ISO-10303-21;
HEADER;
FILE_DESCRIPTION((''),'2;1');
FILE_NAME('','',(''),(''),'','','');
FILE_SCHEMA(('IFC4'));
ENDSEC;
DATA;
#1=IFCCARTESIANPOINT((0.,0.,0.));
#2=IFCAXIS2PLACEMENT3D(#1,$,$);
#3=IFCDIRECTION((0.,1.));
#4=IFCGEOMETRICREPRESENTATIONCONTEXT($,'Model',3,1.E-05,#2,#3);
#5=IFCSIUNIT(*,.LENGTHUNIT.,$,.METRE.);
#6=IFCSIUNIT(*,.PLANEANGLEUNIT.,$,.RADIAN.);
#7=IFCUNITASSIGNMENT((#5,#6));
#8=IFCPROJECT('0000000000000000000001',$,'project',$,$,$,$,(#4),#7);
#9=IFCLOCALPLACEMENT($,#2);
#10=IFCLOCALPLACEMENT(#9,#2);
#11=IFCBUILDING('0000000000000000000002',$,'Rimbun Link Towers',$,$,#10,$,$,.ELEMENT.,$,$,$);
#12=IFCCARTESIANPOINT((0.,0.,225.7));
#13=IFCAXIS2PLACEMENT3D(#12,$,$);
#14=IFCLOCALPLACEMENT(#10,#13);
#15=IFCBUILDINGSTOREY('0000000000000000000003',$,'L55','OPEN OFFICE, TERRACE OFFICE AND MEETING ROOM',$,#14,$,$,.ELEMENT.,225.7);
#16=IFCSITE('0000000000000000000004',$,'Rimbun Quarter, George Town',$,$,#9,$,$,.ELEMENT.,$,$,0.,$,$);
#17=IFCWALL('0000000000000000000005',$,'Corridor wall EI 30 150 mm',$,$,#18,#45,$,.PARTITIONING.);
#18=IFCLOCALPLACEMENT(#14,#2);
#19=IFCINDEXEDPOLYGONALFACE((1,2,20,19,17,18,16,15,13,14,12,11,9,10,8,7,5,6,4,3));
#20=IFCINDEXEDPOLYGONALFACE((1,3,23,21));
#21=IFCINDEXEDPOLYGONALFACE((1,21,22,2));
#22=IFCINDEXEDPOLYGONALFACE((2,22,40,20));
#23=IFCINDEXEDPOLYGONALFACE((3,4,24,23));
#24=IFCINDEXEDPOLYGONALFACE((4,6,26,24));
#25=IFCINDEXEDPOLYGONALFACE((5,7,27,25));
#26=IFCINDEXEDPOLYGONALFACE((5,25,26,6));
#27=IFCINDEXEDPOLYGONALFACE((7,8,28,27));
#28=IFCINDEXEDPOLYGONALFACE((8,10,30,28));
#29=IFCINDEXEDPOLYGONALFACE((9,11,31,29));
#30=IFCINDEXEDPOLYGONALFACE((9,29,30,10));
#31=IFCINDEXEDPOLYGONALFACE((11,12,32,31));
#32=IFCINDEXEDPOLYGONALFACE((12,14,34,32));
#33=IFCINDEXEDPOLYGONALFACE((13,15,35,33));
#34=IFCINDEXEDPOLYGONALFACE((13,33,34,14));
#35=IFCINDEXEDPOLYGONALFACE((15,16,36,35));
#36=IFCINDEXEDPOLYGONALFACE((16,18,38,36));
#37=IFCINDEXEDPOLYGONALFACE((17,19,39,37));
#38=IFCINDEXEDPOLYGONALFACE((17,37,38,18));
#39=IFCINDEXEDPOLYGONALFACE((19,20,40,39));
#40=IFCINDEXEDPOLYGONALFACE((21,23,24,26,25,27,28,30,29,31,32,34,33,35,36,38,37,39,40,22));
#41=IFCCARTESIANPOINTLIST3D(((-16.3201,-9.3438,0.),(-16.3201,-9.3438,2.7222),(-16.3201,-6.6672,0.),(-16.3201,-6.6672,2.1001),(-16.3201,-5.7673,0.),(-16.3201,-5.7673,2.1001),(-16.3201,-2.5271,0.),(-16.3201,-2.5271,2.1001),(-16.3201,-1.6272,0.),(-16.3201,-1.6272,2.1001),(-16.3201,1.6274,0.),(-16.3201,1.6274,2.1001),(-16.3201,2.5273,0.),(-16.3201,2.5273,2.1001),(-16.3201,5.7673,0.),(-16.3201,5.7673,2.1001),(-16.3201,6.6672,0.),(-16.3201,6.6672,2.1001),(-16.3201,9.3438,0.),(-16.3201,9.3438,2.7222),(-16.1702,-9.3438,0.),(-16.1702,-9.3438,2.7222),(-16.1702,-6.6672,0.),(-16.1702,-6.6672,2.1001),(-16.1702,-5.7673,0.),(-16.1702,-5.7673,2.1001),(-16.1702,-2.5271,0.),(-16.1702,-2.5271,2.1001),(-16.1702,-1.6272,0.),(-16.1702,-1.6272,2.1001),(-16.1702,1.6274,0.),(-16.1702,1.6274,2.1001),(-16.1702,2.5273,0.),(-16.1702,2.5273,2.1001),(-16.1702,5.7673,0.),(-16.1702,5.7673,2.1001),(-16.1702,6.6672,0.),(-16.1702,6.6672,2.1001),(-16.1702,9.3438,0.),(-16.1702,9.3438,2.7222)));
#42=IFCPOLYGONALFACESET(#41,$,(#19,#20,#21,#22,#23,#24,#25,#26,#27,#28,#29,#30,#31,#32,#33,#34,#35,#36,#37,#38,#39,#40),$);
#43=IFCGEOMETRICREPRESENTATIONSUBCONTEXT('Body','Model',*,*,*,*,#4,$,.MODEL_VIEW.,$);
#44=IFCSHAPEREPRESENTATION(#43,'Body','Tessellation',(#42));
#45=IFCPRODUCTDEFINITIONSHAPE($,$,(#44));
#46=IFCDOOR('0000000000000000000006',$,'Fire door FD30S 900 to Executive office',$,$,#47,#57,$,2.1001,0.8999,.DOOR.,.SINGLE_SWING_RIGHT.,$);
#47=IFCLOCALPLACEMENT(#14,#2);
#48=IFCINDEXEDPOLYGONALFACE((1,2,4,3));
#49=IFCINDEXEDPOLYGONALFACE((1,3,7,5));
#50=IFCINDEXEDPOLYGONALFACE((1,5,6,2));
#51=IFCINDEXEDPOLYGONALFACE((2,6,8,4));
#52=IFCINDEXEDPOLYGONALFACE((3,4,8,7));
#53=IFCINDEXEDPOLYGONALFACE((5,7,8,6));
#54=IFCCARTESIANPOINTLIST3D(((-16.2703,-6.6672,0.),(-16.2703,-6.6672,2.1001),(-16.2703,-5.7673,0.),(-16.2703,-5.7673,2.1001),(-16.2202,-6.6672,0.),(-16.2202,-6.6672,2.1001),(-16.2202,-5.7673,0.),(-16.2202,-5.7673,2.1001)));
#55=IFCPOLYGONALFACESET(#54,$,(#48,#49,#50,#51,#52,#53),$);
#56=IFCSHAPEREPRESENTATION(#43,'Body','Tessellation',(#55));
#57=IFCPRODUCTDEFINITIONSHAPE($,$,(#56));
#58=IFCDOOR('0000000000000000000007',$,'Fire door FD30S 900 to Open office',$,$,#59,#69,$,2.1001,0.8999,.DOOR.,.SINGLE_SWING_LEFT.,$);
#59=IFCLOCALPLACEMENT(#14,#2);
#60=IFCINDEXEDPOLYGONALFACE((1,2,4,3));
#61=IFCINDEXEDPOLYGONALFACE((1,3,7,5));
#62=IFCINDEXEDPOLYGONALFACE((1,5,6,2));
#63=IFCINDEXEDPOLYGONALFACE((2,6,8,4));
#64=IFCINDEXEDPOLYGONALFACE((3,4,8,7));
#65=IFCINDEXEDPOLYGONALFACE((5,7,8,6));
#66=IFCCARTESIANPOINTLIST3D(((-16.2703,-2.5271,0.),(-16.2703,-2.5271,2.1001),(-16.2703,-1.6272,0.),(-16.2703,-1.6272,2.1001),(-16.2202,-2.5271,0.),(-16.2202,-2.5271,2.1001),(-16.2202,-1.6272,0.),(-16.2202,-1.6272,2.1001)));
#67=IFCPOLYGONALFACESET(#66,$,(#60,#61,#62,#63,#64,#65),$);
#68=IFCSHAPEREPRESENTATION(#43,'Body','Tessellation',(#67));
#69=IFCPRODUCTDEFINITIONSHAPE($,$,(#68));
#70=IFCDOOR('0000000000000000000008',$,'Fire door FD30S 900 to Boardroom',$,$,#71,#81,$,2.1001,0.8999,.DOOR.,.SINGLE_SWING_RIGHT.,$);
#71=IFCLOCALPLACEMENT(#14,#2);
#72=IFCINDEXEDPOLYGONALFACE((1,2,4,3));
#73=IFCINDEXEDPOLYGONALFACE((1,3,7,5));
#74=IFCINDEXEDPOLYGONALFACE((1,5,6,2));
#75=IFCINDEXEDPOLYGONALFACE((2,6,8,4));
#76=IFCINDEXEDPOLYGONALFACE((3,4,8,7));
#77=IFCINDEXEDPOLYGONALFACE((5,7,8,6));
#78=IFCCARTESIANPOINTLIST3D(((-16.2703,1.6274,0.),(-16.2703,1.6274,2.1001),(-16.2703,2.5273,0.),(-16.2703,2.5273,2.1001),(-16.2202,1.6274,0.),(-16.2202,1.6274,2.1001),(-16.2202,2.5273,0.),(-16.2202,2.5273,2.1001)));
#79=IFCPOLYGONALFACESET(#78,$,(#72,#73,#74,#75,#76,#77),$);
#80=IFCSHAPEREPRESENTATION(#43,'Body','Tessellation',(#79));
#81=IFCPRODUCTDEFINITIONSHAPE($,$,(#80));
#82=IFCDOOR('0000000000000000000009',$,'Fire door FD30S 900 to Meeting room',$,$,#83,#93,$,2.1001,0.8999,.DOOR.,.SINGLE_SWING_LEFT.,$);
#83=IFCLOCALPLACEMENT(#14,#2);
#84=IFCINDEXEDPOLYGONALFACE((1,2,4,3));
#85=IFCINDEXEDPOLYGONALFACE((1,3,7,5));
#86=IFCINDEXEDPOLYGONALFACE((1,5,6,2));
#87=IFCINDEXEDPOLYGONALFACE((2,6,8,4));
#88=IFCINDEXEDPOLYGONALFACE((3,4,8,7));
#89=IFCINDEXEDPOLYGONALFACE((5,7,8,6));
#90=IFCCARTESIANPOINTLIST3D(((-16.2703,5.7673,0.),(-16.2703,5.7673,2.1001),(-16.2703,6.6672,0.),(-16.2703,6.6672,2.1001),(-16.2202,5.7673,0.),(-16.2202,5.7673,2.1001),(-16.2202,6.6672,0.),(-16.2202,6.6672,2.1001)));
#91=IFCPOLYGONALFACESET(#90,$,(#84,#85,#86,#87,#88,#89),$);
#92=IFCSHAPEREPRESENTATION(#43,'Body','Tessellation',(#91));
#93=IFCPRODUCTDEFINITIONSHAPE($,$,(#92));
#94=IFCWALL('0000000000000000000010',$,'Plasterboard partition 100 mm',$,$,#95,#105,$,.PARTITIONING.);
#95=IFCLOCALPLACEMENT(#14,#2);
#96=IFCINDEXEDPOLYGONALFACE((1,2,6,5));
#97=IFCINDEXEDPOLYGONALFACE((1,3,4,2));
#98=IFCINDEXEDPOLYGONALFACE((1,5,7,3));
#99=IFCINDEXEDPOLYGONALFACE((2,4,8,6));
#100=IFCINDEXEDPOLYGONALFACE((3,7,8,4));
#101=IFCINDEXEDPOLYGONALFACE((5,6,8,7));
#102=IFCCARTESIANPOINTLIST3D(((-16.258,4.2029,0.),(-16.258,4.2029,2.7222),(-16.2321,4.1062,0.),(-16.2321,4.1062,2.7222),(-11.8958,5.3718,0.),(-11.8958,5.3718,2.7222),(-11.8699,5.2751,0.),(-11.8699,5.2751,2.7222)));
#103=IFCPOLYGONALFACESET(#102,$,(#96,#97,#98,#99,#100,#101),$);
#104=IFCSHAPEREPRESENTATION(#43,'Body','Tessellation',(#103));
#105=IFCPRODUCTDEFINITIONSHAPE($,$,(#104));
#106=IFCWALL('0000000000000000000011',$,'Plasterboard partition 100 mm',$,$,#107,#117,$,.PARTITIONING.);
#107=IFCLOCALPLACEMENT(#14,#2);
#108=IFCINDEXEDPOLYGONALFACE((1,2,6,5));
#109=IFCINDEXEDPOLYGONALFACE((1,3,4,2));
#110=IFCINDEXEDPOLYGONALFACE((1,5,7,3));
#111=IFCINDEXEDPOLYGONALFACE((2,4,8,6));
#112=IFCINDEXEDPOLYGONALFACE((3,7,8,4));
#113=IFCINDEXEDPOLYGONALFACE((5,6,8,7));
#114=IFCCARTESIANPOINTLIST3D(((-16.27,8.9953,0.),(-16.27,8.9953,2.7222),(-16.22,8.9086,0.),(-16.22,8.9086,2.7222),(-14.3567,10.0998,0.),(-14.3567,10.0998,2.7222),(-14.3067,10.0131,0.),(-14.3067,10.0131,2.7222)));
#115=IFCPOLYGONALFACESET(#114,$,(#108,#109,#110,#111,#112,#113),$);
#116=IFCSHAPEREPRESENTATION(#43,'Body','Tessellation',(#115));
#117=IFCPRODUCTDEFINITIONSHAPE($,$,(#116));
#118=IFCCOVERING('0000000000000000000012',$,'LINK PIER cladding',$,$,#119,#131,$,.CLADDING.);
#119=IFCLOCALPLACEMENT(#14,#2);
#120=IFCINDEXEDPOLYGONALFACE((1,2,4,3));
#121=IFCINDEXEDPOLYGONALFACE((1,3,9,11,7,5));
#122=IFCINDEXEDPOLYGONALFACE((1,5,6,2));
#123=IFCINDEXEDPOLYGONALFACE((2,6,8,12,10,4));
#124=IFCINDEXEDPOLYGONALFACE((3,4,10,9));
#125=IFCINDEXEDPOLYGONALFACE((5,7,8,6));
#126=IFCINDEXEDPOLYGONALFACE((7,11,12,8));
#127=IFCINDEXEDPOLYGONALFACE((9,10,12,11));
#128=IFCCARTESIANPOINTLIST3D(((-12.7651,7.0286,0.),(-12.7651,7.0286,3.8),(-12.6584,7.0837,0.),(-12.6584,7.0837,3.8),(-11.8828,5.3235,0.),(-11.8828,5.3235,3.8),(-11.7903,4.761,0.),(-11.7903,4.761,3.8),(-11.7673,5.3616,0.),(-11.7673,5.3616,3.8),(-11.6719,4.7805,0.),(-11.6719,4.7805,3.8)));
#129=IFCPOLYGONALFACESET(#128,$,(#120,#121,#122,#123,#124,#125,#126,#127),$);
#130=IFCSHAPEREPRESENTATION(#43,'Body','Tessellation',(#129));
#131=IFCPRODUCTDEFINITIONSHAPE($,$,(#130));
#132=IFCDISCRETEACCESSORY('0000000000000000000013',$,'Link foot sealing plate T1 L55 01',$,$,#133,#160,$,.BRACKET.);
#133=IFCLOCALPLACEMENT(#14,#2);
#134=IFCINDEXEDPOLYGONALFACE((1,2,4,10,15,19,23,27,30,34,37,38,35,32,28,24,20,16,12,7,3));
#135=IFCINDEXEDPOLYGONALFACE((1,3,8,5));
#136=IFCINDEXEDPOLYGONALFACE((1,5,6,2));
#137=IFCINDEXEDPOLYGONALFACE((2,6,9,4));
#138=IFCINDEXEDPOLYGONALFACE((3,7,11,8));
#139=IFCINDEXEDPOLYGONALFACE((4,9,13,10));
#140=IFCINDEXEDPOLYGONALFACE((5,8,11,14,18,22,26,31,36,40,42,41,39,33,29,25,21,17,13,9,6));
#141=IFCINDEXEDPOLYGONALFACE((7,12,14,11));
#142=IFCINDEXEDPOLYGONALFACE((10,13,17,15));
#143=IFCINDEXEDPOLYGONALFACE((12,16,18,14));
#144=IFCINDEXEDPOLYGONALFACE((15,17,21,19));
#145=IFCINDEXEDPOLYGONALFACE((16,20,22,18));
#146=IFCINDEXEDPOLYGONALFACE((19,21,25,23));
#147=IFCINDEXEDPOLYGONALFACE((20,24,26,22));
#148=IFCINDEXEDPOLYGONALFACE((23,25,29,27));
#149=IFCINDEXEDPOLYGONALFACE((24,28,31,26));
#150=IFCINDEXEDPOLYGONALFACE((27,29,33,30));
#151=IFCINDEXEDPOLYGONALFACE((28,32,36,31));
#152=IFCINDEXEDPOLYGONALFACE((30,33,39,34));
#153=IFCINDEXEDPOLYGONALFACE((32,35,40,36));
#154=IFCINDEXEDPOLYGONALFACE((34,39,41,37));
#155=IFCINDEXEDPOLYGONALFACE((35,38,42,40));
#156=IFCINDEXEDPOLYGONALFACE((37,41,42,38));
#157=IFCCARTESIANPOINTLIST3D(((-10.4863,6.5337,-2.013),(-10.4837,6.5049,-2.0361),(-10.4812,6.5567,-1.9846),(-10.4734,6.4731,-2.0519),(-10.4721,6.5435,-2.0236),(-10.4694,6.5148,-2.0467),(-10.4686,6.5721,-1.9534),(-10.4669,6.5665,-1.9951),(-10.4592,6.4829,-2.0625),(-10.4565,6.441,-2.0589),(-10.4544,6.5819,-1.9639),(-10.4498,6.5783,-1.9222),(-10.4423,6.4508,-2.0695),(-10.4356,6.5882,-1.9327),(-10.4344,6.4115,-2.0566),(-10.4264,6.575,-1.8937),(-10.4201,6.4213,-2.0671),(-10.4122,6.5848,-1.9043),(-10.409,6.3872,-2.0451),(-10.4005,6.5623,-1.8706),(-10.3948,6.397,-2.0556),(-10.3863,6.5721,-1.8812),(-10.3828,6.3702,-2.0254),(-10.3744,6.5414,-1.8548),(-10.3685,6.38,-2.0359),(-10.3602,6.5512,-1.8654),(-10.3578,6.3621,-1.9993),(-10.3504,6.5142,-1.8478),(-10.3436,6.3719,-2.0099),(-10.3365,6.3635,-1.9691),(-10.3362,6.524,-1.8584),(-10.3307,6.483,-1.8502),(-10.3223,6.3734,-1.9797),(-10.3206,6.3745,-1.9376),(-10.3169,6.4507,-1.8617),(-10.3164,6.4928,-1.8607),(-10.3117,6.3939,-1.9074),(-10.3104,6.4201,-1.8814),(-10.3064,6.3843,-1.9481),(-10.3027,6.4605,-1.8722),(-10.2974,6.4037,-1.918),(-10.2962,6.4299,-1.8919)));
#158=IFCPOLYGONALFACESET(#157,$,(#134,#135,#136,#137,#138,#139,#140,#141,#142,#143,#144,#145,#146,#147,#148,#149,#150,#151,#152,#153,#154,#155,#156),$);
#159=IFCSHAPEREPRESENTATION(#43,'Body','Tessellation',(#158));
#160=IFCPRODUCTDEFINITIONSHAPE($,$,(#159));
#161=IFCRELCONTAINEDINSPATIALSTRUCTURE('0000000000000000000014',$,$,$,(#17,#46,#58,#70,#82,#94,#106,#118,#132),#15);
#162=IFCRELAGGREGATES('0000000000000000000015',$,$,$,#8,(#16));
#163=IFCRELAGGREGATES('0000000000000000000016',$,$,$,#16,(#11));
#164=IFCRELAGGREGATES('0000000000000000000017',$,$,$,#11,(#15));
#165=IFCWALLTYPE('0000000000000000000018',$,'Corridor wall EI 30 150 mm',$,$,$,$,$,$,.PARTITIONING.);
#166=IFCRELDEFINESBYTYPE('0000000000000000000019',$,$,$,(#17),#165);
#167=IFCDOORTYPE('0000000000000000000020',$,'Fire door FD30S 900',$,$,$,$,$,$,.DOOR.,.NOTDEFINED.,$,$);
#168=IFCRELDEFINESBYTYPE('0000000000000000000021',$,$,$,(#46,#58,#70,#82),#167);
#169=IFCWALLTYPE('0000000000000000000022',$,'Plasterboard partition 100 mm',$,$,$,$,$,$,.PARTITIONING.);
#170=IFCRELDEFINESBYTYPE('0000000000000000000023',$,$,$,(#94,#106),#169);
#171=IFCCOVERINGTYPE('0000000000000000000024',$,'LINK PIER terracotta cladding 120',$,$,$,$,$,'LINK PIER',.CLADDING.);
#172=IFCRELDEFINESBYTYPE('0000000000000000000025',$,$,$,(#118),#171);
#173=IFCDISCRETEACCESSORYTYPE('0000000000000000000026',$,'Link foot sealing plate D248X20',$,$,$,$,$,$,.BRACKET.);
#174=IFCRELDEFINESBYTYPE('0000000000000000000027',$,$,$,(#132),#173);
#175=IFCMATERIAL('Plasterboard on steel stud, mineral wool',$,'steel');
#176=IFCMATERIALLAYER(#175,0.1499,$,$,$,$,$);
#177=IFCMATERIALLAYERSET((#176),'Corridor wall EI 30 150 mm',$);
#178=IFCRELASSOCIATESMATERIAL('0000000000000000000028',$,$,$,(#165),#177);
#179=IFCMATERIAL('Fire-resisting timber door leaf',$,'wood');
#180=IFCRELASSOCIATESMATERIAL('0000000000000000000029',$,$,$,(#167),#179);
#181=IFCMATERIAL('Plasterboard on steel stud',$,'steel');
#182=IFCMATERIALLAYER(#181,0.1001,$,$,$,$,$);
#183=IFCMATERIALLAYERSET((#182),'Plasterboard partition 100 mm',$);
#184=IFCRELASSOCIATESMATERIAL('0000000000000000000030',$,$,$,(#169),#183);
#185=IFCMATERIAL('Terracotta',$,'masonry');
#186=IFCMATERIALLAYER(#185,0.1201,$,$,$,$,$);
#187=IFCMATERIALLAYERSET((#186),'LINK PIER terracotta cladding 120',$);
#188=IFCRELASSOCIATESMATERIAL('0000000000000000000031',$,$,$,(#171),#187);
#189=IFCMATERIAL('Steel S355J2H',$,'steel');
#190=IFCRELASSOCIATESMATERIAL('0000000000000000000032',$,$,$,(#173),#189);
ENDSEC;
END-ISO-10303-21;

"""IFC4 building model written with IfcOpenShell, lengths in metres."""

from ifc_helpers import new_model, si_unit, direction, frame, frame_2d, origin, origin_2d, place, context, subcontext, project, spatial, polyline, rectangle, circle, outline, extrude, material, layer, layer_set, material_profile, profile_set, type_object, element, fill, save


model = new_model("IFC4")

# Units and contexts
model_context = context("Model", 3, precision=1e-05, world=origin(), true_north=direction((0.0, 1.0)))
body_context = subcontext(model_context, "Body", "Model", "MODEL_VIEW")
ifc_project = project(units=[si_unit("LENGTHUNIT", "METRE"), si_unit("PLANEANGLEUNIT", "RADIAN")], contexts=[model_context])

# Site, building, storey
site_placement = place(None, origin())
site = spatial("IfcSite", under=ifc_project, at=site_placement, Name="Rimbun Quarter, George Town", CompositionType="ELEMENT", RefElevation=0.0)
building_placement = place(site_placement, origin())
building = spatial("IfcBuilding", under=site, at=building_placement, Name="Rimbun Link Towers", CompositionType="ELEMENT")
storey_placement = place(building_placement, frame((0.0, 0.0, 225.7)))
storey = spatial("IfcBuildingStorey", under=building, at=storey_placement, Name="L55", Description="OPEN OFFICE, TERRACE OFFICE AND MEETING ROOM", CompositionType="ELEMENT", Elevation=225.7)

# Wall, openings, doors
ifc_material_1 = material(Name="Plasterboard on steel stud, mineral wool", Category="steel")
ifc_layer_1 = layer(ifc_material_1, 0.1499)
ifc_layer_set_1 = layer_set([ifc_layer_1], Name="Corridor wall EI 30 150 mm")
wall_type_1 = type_object("IfcWallType", Name="Corridor wall EI 30 150 mm", PredefinedType="PARTITIONING", material=ifc_layer_set_1)
wall_1_placement = place(storey_placement, frame((-16.2451, 9.3438, 0.0), z_axis=(0.0, 0.0, 1.0), x_axis=(0.0, -1.0, 0.0)))
wall_1 = element("IfcWall", 1, at=wall_1_placement, inside=storey, type_object=wall_type_1, Name="Corridor wall EI 30 150 mm", PredefinedType="PARTITIONING", context=body_context, shape_type="SweptSolid", body=[
    extrude(rectangle(XDim=18.6875, YDim=0.1499, at=frame_2d((9.3438, 0.0))), origin(), (0.0, 0.0, 1.0), 2.7222),
])
opening_1_placement = place(wall_1_placement, frame((15.1111, 0.0, 0.0)))
opening_1 = element("IfcOpeningElement", 2, at=opening_1_placement, cuts=wall_1, PredefinedType="OPENING", context=body_context, shape_type="SweptSolid", body=[
    extrude(rectangle(XDim=0.8999, YDim=2.1001, at=frame_2d((0.45, 1.05))), frame((0.0, 0.085, 0.0), z_axis=(0.0, -1.0, 0.0), x_axis=(1.0, 0.0, 0.0)), (0.0, 0.0, 1.0), 0.1699),
])
opening_2_placement = place(wall_1_placement, frame((10.9709, 0.0, 0.0)))
opening_2 = element("IfcOpeningElement", 3, at=opening_2_placement, cuts=wall_1, PredefinedType="OPENING", context=body_context, shape_type="SweptSolid", body=[
    extrude(rectangle(XDim=0.8999, YDim=2.1001, at=frame_2d((0.45, 1.05))), frame((0.0, 0.085, 0.0), z_axis=(0.0, -1.0, 0.0), x_axis=(1.0, 0.0, 0.0)), (0.0, 0.0, 1.0), 0.1699),
])
opening_3_placement = place(wall_1_placement, frame((6.8164, 0.0, 0.0)))
opening_3 = element("IfcOpeningElement", 4, at=opening_3_placement, cuts=wall_1, PredefinedType="OPENING", context=body_context, shape_type="SweptSolid", body=[
    extrude(rectangle(XDim=0.8999, YDim=2.1001, at=frame_2d((0.45, 1.05))), frame((0.0, 0.085, 0.0), z_axis=(0.0, -1.0, 0.0), x_axis=(1.0, 0.0, 0.0)), (0.0, 0.0, 1.0), 0.1699),
])
opening_4_placement = place(wall_1_placement, frame((2.6765, 0.0, 0.0)))
opening_4 = element("IfcOpeningElement", 5, at=opening_4_placement, cuts=wall_1, PredefinedType="OPENING", context=body_context, shape_type="SweptSolid", body=[
    extrude(rectangle(XDim=0.8999, YDim=2.1001, at=frame_2d((0.45, 1.05))), frame((0.0, 0.085, 0.0), z_axis=(0.0, -1.0, 0.0), x_axis=(1.0, 0.0, 0.0)), (0.0, 0.0, 1.0), 0.1699),
])
ifc_material_2 = material(Name="Fire-resisting timber door leaf", Category="wood")
door_type = type_object("IfcDoorType", Name="Fire door FD30S 900", OperationType="NOTDEFINED", PredefinedType="DOOR", material=ifc_material_2)
door_1_placement = place(opening_1_placement, origin())
door_1 = element("IfcDoor", 6, at=door_1_placement, inside=storey, type_object=door_type, Name="Fire door FD30S 900 to Executive office", OperationType="SINGLE_SWING_RIGHT", OverallHeight=2.1001, OverallWidth=0.8999, PredefinedType="DOOR", context=body_context, shape_type="SweptSolid", body=[
    extrude(rectangle(XDim=0.8999, YDim=2.1001, at=frame_2d((0.45, 1.05))), frame((0.0, 0.0249, 0.0), z_axis=(0.0, -1.0, 0.0), x_axis=(1.0, 0.0, 0.0)), (0.0, 0.0, 1.0), 0.05),
])
fill(opening_1, door_1)
door_2_placement = place(opening_2_placement, origin())
door_2 = element("IfcDoor", 7, at=door_2_placement, inside=storey, type_object=door_type, Name="Fire door FD30S 900 to Open office", OperationType="SINGLE_SWING_LEFT", OverallHeight=2.1001, OverallWidth=0.8999, PredefinedType="DOOR", context=body_context, shape_type="SweptSolid", body=[
    extrude(rectangle(XDim=0.8999, YDim=2.1001, at=frame_2d((0.45, 1.05))), frame((0.0, 0.0249, 0.0), z_axis=(0.0, -1.0, 0.0), x_axis=(1.0, 0.0, 0.0)), (0.0, 0.0, 1.0), 0.05),
])
fill(opening_2, door_2)
door_3_placement = place(opening_3_placement, origin())
door_3 = element("IfcDoor", 8, at=door_3_placement, inside=storey, type_object=door_type, Name="Fire door FD30S 900 to Boardroom", OperationType="SINGLE_SWING_RIGHT", OverallHeight=2.1001, OverallWidth=0.8999, PredefinedType="DOOR", context=body_context, shape_type="SweptSolid", body=[
    extrude(rectangle(XDim=0.8999, YDim=2.1001, at=frame_2d((0.45, 1.05))), frame((0.0, 0.0249, 0.0), z_axis=(0.0, -1.0, 0.0), x_axis=(1.0, 0.0, 0.0)), (0.0, 0.0, 1.0), 0.05),
])
fill(opening_3, door_3)
door_4_placement = place(opening_4_placement, origin())
door_4 = element("IfcDoor", 9, at=door_4_placement, inside=storey, type_object=door_type, Name="Fire door FD30S 900 to Meeting room", OperationType="SINGLE_SWING_LEFT", OverallHeight=2.1001, OverallWidth=0.8999, PredefinedType="DOOR", context=body_context, shape_type="SweptSolid", body=[
    extrude(rectangle(XDim=0.8999, YDim=2.1001, at=frame_2d((0.45, 1.05))), frame((0.0, 0.0249, 0.0), z_axis=(0.0, -1.0, 0.0), x_axis=(1.0, 0.0, 0.0)), (0.0, 0.0, 1.0), 0.05),
])
fill(opening_4, door_4)

# Walls
ifc_material_3 = material(Name="Plasterboard on steel stud", Category="steel")
ifc_layer_2 = layer(ifc_material_3, 0.1001)
ifc_layer_set_2 = layer_set([ifc_layer_2], Name="Plasterboard partition 100 mm")
wall_type_2 = type_object("IfcWallType", Name="Plasterboard partition 100 mm", PredefinedType="PARTITIONING", material=ifc_layer_set_2)
wall_2_placement = place(storey_placement, frame((-11.8828, 5.3235, 0.0), z_axis=(0.0, 0.0, 1.0), x_axis=(-0.965922, -0.258833, 0.0)))
element("IfcWall", 10, at=wall_2_placement, inside=storey, type_object=wall_type_2, Name="Plasterboard partition 100 mm", PredefinedType="PARTITIONING", context=body_context, shape_type="SweptSolid", body=[
    extrude(rectangle(XDim=4.5161, YDim=0.1001, at=frame_2d((2.2581, 0.0))), origin(), (0.0, 0.0, 1.0), 2.7222),
])
wall_3_placement = place(storey_placement, frame((-14.3318, 10.0564, 0.0), z_axis=(0.0, 0.0, 1.0), x_axis=(-0.866059, -0.499942, 0.0)))
element("IfcWall", 11, at=wall_3_placement, inside=storey, type_object=wall_type_2, Name="Plasterboard partition 100 mm", PredefinedType="PARTITIONING", context=body_context, shape_type="SweptSolid", body=[
    extrude(rectangle(XDim=2.2092, YDim=0.1001, at=frame_2d((1.1045, 0.0))), origin(), (0.0, 0.0, 1.0), 2.7222),
])

# Covering
ifc_material_4 = material(Name="Terracotta", Category="masonry")
ifc_layer_3 = layer(ifc_material_4, 0.1201)
ifc_layer_set_3 = layer_set([ifc_layer_3], Name="LINK PIER terracotta cladding 120")
covering_type_1 = type_object("IfcCoveringType", Name="LINK PIER terracotta cladding 120", ElementType="LINK PIER", PredefinedType="CLADDING", material=ifc_layer_set_3)
covering_1_placement = place(storey_placement, origin())
element("IfcCovering", 12, at=covering_1_placement, inside=storey, type_object=covering_type_1, Name="LINK PIER cladding", PredefinedType="CLADDING", context=body_context, shape_type="SweptSolid", body=[
    extrude(outline(polyline([(-12.7651, 7.0286), (-11.8828, 5.3235), (-11.7903, 4.761), (-11.6719, 4.7805), (-11.7673, 5.3616), (-12.6584, 7.0837), (-12.7651, 7.0286)])), origin(), (0.0, 0.0, 1.0), 3.8),
])

# Discrete accessory
ifc_material_5 = material(Name="Steel S355J2H", Category="steel")
ifc_material_profile_1 = material_profile(ifc_material_5, circle(Radius=0.124, at=origin_2d()), Name="PL D248")
ifc_profile_set_1 = profile_set([ifc_material_profile_1], Name="Steel S355J2H")
discrete_accessory_type_1 = type_object("IfcDiscreteAccessoryType", Name="Link foot sealing plate D248X20", PredefinedType="BRACKET", material=ifc_profile_set_1)
discrete_accessory_1_placement = place(storey_placement, frame((-10.3982, 6.47, -1.9534), z_axis=(0.702682, 0.484608, -0.520954), x_axis=(-0.567733, 0.823213, 0.0)))
element("IfcDiscreteAccessory", 13, at=discrete_accessory_1_placement, inside=storey, type_object=discrete_accessory_type_1, Name="Link foot sealing plate T1 L55 01", PredefinedType="BRACKET", context=body_context, shape_type="SweptSolid", body=[
    extrude(circle(Radius=0.124, at=origin_2d()), origin(), (0.0, 0.0, 1.0), 0.0203),
])

save(model, "model.ifc")
